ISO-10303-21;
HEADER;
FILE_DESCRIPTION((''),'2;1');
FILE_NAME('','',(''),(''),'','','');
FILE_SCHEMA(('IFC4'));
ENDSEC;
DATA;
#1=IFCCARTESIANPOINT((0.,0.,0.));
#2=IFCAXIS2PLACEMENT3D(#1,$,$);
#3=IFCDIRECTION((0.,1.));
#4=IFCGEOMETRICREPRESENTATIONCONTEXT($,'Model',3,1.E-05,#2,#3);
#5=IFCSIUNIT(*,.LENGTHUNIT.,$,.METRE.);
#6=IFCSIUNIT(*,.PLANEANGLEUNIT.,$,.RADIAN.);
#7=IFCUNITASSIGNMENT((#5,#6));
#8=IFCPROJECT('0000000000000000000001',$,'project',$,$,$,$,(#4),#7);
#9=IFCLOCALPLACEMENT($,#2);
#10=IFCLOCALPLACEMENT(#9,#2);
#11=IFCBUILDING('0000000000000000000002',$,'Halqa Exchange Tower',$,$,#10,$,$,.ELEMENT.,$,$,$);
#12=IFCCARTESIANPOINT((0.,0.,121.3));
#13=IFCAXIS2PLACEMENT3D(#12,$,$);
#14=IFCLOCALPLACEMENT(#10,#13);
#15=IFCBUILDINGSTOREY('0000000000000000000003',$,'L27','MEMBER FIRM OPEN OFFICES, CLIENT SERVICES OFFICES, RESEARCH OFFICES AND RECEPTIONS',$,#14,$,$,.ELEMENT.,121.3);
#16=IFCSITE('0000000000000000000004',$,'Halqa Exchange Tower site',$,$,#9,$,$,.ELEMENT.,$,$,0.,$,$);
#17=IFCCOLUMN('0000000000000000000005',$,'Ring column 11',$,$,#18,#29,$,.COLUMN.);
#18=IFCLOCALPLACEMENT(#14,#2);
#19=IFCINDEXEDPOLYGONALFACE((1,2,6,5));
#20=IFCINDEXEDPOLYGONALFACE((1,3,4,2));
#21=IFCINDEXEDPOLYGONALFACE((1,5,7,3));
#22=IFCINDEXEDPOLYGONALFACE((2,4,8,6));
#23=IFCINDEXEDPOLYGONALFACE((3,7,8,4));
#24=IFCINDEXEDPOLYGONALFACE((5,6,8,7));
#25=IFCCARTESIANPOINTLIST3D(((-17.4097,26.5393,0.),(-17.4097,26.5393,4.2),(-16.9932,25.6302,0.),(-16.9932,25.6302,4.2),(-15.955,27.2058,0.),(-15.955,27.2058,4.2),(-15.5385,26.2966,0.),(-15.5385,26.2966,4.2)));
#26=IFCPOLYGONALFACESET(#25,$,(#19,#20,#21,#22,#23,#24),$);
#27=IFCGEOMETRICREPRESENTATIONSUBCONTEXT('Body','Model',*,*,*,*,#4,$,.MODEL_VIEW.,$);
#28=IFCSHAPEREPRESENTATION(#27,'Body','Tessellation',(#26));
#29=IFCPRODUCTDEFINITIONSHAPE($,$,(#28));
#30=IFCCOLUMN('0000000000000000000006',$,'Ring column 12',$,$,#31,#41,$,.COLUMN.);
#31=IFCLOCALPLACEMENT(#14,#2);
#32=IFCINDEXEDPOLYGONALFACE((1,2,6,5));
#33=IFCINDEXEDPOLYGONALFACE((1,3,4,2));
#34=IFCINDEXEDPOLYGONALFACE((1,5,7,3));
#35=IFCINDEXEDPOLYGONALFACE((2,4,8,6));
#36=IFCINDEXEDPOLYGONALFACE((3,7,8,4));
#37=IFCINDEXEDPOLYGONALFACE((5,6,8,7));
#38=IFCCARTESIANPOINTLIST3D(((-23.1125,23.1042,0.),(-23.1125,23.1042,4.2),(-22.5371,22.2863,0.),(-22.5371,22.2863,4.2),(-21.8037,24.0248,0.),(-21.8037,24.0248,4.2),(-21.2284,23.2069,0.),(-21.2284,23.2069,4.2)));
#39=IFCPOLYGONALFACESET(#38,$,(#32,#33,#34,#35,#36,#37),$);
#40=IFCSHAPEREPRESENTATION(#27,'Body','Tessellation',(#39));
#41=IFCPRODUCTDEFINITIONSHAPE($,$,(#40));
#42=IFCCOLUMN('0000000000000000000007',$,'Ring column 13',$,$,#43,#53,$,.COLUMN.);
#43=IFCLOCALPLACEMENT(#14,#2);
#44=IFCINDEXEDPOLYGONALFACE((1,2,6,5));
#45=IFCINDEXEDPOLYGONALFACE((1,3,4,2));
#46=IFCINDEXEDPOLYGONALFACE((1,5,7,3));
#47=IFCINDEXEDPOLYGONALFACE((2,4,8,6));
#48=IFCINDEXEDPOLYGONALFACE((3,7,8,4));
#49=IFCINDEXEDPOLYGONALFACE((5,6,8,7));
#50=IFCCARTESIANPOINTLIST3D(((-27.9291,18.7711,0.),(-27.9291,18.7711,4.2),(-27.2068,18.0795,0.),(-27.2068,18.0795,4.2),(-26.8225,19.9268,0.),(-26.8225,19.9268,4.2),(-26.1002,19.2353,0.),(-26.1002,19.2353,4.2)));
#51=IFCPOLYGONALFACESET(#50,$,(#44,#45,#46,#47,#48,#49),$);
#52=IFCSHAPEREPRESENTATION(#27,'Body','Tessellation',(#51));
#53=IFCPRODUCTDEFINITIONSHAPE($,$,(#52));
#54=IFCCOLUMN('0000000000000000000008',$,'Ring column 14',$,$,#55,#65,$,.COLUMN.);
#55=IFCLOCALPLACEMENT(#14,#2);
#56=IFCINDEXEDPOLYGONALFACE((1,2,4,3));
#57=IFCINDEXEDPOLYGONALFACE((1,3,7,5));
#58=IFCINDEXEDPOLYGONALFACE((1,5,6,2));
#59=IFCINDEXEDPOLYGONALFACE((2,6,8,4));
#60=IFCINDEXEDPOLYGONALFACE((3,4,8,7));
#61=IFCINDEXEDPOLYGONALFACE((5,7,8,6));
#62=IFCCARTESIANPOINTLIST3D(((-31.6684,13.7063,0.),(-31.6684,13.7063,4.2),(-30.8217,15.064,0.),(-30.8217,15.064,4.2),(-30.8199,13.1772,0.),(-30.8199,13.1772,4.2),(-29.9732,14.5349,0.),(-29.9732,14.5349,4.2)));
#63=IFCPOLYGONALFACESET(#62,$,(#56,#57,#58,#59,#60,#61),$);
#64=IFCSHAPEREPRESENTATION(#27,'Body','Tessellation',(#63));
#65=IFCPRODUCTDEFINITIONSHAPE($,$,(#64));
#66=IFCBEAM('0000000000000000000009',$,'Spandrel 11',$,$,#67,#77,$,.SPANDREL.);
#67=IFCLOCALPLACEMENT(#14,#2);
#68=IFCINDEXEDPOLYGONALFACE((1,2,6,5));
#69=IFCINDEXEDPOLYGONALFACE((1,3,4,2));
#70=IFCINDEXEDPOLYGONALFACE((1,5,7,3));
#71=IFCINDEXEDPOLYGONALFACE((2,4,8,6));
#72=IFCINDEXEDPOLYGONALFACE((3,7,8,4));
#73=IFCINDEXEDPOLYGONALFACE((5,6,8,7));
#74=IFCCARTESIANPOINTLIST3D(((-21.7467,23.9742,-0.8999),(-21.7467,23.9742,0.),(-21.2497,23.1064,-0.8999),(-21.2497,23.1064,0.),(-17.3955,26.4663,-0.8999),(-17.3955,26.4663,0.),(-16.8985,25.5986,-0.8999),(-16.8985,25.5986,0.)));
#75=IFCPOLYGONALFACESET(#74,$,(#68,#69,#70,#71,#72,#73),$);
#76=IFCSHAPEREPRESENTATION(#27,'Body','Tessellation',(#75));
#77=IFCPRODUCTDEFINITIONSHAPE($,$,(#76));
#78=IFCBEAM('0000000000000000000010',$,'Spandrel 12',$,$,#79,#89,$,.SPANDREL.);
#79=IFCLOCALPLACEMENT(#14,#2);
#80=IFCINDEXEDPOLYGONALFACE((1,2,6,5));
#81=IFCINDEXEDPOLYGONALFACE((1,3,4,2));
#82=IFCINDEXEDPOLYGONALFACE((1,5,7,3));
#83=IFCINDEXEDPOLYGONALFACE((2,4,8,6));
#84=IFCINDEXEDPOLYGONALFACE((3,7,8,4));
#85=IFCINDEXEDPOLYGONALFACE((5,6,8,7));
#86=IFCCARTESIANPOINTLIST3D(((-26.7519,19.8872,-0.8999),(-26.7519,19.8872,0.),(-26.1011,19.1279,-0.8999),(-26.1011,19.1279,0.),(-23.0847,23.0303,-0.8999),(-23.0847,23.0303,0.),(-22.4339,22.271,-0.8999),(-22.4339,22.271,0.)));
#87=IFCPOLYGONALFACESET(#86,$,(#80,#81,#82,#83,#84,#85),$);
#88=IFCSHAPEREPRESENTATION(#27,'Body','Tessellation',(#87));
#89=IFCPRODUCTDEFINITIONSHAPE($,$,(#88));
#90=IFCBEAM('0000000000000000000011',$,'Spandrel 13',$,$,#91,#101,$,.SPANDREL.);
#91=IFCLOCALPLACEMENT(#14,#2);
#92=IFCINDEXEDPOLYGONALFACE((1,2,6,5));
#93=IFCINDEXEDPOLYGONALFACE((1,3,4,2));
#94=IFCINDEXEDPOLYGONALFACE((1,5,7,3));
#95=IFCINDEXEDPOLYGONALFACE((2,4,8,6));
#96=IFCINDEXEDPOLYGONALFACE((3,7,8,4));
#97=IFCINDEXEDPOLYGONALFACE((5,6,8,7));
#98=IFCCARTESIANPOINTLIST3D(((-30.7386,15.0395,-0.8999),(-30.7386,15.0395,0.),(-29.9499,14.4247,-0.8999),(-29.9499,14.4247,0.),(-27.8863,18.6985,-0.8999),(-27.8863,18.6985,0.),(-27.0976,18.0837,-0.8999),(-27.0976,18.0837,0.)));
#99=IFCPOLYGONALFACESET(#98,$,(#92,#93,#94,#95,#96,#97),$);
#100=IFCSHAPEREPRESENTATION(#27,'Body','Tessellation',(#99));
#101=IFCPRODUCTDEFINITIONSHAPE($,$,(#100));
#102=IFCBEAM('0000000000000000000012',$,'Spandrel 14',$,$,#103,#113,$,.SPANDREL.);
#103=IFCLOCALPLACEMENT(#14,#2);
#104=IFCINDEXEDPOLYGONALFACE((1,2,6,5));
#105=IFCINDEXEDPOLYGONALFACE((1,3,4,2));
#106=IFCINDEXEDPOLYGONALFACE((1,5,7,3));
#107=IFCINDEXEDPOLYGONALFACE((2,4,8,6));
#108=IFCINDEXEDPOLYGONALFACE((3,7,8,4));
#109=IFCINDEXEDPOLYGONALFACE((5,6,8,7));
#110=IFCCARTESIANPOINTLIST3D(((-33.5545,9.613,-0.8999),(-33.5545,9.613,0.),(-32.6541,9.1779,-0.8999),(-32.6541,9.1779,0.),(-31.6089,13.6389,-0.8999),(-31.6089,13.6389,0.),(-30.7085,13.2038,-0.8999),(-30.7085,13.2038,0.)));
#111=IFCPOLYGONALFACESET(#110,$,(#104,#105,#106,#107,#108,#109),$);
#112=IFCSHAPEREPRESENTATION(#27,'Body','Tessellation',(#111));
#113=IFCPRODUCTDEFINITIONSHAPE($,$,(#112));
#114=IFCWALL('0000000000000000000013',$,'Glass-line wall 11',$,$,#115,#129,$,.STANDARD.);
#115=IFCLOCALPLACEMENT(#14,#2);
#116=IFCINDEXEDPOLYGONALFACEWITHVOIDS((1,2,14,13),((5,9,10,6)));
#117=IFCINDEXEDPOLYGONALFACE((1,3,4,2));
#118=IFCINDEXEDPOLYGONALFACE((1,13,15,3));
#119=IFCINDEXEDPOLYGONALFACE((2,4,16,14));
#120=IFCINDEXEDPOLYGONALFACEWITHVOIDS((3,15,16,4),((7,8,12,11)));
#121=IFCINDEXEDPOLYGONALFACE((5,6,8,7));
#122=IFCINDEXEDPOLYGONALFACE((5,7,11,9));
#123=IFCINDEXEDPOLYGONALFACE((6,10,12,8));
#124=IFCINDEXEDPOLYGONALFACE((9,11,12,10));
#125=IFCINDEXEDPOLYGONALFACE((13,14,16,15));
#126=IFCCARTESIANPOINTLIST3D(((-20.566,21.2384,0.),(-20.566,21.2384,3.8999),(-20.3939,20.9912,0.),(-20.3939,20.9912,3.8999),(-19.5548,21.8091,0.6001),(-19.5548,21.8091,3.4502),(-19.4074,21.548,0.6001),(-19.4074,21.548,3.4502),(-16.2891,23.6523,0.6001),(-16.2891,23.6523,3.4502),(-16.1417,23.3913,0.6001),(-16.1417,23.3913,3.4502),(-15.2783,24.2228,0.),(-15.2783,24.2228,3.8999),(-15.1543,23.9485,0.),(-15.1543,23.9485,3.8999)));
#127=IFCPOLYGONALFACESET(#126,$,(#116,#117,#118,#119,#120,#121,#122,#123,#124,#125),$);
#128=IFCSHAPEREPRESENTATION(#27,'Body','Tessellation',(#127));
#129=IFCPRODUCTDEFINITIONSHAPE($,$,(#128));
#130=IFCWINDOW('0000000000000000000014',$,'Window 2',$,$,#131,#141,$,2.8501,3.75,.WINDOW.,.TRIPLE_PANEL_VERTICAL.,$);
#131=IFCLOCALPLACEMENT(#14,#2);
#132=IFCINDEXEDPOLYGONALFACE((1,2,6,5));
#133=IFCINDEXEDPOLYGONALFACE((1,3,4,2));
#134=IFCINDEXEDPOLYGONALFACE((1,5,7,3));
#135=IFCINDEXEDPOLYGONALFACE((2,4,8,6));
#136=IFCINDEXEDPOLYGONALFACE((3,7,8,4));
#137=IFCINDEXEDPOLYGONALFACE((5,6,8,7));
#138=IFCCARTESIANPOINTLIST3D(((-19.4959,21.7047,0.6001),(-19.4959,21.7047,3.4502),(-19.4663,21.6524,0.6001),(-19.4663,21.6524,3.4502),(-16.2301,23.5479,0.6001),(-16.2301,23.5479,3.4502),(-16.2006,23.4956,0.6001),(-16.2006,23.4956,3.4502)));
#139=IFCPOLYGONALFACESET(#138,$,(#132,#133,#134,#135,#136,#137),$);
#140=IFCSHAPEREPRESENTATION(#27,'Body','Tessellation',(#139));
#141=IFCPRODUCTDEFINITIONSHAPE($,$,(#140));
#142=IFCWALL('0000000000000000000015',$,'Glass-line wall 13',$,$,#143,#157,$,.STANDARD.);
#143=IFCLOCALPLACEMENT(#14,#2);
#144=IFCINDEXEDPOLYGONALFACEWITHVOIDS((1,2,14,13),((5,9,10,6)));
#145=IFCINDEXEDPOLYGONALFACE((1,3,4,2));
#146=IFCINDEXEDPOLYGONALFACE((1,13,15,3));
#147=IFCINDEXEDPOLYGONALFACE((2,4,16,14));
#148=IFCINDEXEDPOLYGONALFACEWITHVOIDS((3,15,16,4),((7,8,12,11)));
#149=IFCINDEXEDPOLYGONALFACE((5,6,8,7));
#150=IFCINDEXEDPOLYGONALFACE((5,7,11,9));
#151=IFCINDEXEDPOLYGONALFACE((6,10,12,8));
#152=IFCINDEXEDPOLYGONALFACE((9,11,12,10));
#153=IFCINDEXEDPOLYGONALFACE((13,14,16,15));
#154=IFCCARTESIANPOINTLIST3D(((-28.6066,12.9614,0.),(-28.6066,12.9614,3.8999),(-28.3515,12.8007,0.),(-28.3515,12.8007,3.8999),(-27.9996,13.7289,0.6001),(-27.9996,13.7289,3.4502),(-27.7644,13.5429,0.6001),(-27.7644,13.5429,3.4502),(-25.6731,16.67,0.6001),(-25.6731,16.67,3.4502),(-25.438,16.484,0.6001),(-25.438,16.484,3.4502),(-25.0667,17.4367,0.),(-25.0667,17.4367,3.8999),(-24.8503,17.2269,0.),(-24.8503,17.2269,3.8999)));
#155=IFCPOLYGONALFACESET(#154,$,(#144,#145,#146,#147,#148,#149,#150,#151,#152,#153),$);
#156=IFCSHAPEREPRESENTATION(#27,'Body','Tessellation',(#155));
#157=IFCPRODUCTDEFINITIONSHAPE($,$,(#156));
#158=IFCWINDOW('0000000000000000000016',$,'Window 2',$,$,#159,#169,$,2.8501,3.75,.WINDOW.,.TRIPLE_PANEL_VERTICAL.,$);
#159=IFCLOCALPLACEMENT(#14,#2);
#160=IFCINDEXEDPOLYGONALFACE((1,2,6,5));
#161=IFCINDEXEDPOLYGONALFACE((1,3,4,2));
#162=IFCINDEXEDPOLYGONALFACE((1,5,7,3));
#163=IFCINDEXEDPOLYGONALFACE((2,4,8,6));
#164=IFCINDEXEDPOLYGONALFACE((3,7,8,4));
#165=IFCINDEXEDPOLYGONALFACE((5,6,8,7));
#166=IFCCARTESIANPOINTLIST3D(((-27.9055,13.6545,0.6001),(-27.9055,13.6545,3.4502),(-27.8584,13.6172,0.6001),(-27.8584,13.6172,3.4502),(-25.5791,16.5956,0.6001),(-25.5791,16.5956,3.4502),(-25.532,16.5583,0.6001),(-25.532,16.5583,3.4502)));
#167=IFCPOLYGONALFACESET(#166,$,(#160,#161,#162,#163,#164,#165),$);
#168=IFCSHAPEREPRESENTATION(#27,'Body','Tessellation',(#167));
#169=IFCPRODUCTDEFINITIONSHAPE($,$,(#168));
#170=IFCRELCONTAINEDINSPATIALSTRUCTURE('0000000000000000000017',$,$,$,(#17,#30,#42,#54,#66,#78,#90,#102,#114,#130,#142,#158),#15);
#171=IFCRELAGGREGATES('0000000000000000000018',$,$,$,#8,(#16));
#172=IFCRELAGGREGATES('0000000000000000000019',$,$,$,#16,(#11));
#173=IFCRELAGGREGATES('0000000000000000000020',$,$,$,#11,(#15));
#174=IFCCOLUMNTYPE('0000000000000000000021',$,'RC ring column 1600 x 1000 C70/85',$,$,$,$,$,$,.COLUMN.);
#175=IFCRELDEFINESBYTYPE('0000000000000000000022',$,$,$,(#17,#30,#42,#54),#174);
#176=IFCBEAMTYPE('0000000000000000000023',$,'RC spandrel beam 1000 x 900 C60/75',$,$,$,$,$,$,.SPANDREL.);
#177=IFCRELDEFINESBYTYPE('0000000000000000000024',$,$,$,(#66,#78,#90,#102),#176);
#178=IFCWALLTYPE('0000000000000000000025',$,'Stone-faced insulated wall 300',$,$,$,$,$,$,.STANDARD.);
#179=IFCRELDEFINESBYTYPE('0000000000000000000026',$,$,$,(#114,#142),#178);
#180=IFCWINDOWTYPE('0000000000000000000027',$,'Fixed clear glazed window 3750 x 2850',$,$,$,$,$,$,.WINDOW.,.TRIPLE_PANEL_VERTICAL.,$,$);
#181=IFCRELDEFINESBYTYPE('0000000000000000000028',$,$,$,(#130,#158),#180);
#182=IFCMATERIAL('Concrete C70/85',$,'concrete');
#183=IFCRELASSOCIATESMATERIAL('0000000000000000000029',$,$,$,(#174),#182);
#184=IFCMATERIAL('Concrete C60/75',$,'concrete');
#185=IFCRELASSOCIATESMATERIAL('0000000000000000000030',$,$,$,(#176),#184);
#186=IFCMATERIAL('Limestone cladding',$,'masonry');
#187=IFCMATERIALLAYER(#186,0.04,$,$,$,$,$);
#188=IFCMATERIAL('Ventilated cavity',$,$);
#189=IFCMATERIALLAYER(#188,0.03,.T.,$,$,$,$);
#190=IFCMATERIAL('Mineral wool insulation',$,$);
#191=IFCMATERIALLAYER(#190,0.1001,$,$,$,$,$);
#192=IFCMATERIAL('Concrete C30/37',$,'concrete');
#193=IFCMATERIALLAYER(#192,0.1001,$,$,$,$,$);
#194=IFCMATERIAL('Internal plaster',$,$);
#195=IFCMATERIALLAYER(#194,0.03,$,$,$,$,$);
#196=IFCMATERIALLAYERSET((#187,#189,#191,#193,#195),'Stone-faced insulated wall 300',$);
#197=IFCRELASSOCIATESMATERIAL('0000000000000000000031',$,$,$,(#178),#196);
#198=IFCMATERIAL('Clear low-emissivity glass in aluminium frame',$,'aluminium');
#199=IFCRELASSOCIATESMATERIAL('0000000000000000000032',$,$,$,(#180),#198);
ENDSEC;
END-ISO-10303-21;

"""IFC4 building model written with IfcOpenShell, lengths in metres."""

from ifc_helpers import new_model, si_unit, direction, frame, frame_2d, origin, origin_2d, place, context, subcontext, project, spatial, polyline, rectangle, outline, extrude, material, layer, layer_set, material_profile, profile_set, type_object, element, fill, save


model = new_model("IFC4")

# Units and contexts
model_context = context("Model", 3, precision=1e-05, world=origin(), true_north=direction((0.0, 1.0)))
body_context = subcontext(model_context, "Body", "Model", "MODEL_VIEW")
ifc_project = project(units=[si_unit("LENGTHUNIT", "METRE"), si_unit("PLANEANGLEUNIT", "RADIAN")], contexts=[model_context])

# Site, building, storey
site_placement = place(None, origin())
site = spatial("IfcSite", under=ifc_project, at=site_placement, Name="Halqa Exchange Tower site", CompositionType="ELEMENT", RefElevation=0.0)
building_placement = place(site_placement, origin())
building = spatial("IfcBuilding", under=site, at=building_placement, Name="Halqa Exchange Tower", CompositionType="ELEMENT")
storey_placement = place(building_placement, frame((0.0, 0.0, 121.3)))
storey = spatial("IfcBuildingStorey", under=building, at=storey_placement, Name="L27", Description="MEMBER FIRM OPEN OFFICES, CLIENT SERVICES OFFICES, RESEARCH OFFICES AND RECEPTIONS", CompositionType="ELEMENT", Elevation=121.3)

# Columns
ifc_material_1 = material(Name="Concrete C70/85", Category="concrete")
ifc_material_profile_1 = material_profile(ifc_material_1, rectangle(XDim=1.6001, YDim=1.0, at=origin_2d()), Name="1600 x 1000")
ifc_profile_set_1 = profile_set([ifc_material_profile_1], Name="Concrete C70/85")
column_type = type_object("IfcColumnType", Name="RC ring column 1600 x 1000 C70/85", PredefinedType="COLUMN", material=ifc_profile_set_1)
for number, where, z_axis, x_axis, name in (
    (1, (-16.4741, 26.418, 0.0), (0.0, 0.0, 1.0), (-0.909127, -0.416519, 0.0), "Ring column 11"),
    (2, (-22.1704, 23.1555, 0.0), (0.0, 0.0, 1.0), (-0.817907, -0.575351, 0.0), "Ring column 12"),
    (3, (-27.0146, 19.0032, 0.0), (0.0, 0.0, 1.0), (-0.691574, -0.722306, 0.0), "Ring column 13"),
    (4, (-30.8208, 14.1206, 0.0), (0.0, 0.0, 1.0), (-0.529142, -0.848533, 0.0), "Ring column 14"),
):
    element("IfcColumn", number, at=place(storey_placement, frame(where, z_axis=z_axis, x_axis=x_axis)), inside=storey, type_object=column_type, Name=name, PredefinedType="COLUMN", context=body_context, shape_type="SweptSolid", body=[
        extrude(rectangle(XDim=1.6001, YDim=1.0, at=origin_2d()), origin(), (0.0, 0.0, 1.0), 4.2),
    ])

# Beams
ifc_material_2 = material(Name="Concrete C60/75", Category="concrete")
ifc_material_profile_2 = material_profile(ifc_material_2, rectangle(XDim=1.0, YDim=0.8999, at=origin_2d()), Name="1000 x 900")
ifc_profile_set_2 = profile_set([ifc_material_profile_2], Name="Concrete C60/75")
beam_type = type_object("IfcBeamType", Name="RC spandrel beam 1000 x 900 C60/75", PredefinedType="SPANDREL", material=ifc_profile_set_2)
beam_1_placement = place(storey_placement, frame((-17.147, 26.0325, -0.45), z_axis=(-0.867751, -0.496999, 0.0), x_axis=(0.496999, -0.867751, 0.0)))
element("IfcBeam", 5, at=beam_1_placement, inside=storey, type_object=beam_type, Name="Spandrel 11", PredefinedType="SPANDREL", context=body_context, shape_type="SweptSolid", body=[
    extrude(rectangle(XDim=1.0, YDim=0.8999, at=origin_2d()), origin(), (0.0, 0.0, 1.0), 5.0144),
])
beam_2_placement = place(storey_placement, frame((-22.7593, 22.6506, -0.45), z_axis=(-0.759285, -0.650758, 0.0), x_axis=(0.650758, -0.759285, 0.0)))
element("IfcBeam", 6, at=beam_2_placement, inside=storey, type_object=beam_type, Name="Spandrel 12", PredefinedType="SPANDREL", context=body_context, shape_type="SweptSolid", body=[
    extrude(rectangle(XDim=1.0, YDim=0.8999, at=origin_2d()), origin(), (0.0, 0.0, 1.0), 4.8298),
])
beam_3_placement = place(storey_placement, frame((-27.4919, 18.3911, -0.45), z_axis=(-0.614807, -0.788677, 0.0), x_axis=(0.788677, -0.614807, 0.0)))
element("IfcBeam", 7, at=beam_3_placement, inside=storey, type_object=beam_type, Name="Spandrel 13", PredefinedType="SPANDREL", context=body_context, shape_type="SweptSolid", body=[
    extrude(rectangle(XDim=1.0, YDim=0.8999, at=origin_2d()), origin(), (0.0, 0.0, 1.0), 4.6394),
])
beam_4_placement = place(storey_placement, frame((-31.1587, 13.4214, -0.45), z_axis=(-0.435117, -0.900374, 0.0), x_axis=(0.900374, -0.435117, 0.0)))
element("IfcBeam", 8, at=beam_4_placement, inside=storey, type_object=beam_type, Name="Spandrel 14", PredefinedType="SPANDREL", context=body_context, shape_type="SweptSolid", body=[
    extrude(rectangle(XDim=1.0, YDim=0.8999, at=origin_2d()), origin(), (0.0, 0.0, 1.0), 4.4714),
])

# Wall, opening, window
ifc_material_3 = material(Name="Limestone cladding", Category="masonry")
ifc_layer_1 = layer(ifc_material_3, 0.04)
ifc_material_4 = material(Name="Ventilated cavity")
ifc_layer_2 = layer(ifc_material_4, 0.03, ventilated=True)
ifc_material_5 = material(Name="Mineral wool insulation")
ifc_layer_3 = layer(ifc_material_5, 0.1001)
ifc_material_6 = material(Name="Concrete C30/37", Category="concrete")
ifc_layer_4 = layer(ifc_material_6, 0.1001)
ifc_material_7 = material(Name="Internal plaster")
ifc_layer_5 = layer(ifc_material_7, 0.03)
ifc_layer_set_1 = layer_set([ifc_layer_1, ifc_layer_2, ifc_layer_3, ifc_layer_4, ifc_layer_5], Name="Stone-faced insulated wall 300")
wall_type_1 = type_object("IfcWallType", Name="Stone-faced insulated wall 300", PredefinedType="STANDARD", material=ifc_layer_set_1)
wall_1_placement = place(storey_placement, frame((-15.2163, 24.0857, 0.0), z_axis=(0.0, 0.0, 1.0), x_axis=(-0.870858, -0.491534, 0.0)))
wall_1 = element("IfcWall", 9, at=wall_1_placement, inside=storey, type_object=wall_type_1, Name="Glass-line wall 11", PredefinedType="STANDARD", context=body_context, shape_type="SweptSolid", body=[
    extrude(outline(polyline([(-0.0134, -0.1499), (6.0583, -0.1499), (6.03, 0.1499), (0.0134, 0.1499), (-0.0134, -0.1499)])), origin(), (0.0, 0.0, 1.0), 3.8999),
])
opening_1_placement = place(wall_1_placement, frame((1.1472, 0.0, 0.6001)))
opening_1 = element("IfcOpeningElement", 10, at=opening_1_placement, cuts=wall_1, PredefinedType="OPENING", context=body_context, shape_type="SweptSolid", body=[
    extrude(rectangle(XDim=3.75, YDim=2.8501, at=frame_2d((1.875, 1.425))), frame((0.0, 0.1621, 0.0), z_axis=(0.0, -1.0, 0.0), x_axis=(1.0, 0.0, 0.0)), (0.0, 0.0, 1.0), 0.324),
])
ifc_material_8 = material(Name="Clear low-emissivity glass in aluminium frame", Category="aluminium")
window_type = type_object("IfcWindowType", Name="Fixed clear glazed window 3750 x 2850", PartitioningType="TRIPLE_PANEL_VERTICAL", PredefinedType="WINDOW", material=ifc_material_8)
window_1_placement = place(opening_1_placement, origin())
window_1 = element("IfcWindow", 11, at=window_1_placement, inside=storey, type_object=window_type, Name="Window 2", OverallHeight=2.8501, OverallWidth=3.75, PartitioningType="TRIPLE_PANEL_VERTICAL", PredefinedType="WINDOW", context=body_context, shape_type="SweptSolid", body=[
    extrude(rectangle(XDim=3.75, YDim=2.8501, at=frame_2d((1.875, 1.425))), frame((0.0, 0.03, 0.0), z_axis=(0.0, -1.0, 0.0), x_axis=(1.0, 0.0, 0.0)), (0.0, 0.0, 1.0), 0.0601),
])
fill(opening_1, window_1)

# Wall, opening, window
wall_2_placement = place(storey_placement, frame((-24.9585, 17.3318, 0.0), z_axis=(0.0, 0.0, 1.0), x_axis=(-0.620383, -0.784299, 0.0)))
wall_2 = element("IfcWall", 12, at=wall_2_placement, inside=storey, type_object=wall_type_1, Name="Glass-line wall 13", PredefinedType="STANDARD", context=body_context, shape_type="SweptSolid", body=[
    extrude(outline(polyline([(-0.0151, -0.1499), (5.6909, -0.1499), (5.6587, 0.1499), (0.0151, 0.1499), (-0.0151, -0.1499)])), origin(), (0.0, 0.0, 1.0), 3.8999),
])
opening_2_placement = place(wall_2_placement, frame((0.9624, 0.0, 0.6001)))
opening_2 = element("IfcOpeningElement", 13, at=opening_2_placement, cuts=wall_2, PredefinedType="OPENING", context=body_context, shape_type="SweptSolid", body=[
    extrude(rectangle(XDim=3.75, YDim=2.8501, at=frame_2d((1.875, 1.425))), frame((0.0, 0.1621, 0.0), z_axis=(0.0, -1.0, 0.0), x_axis=(1.0, 0.0, 0.0)), (0.0, 0.0, 1.0), 0.324),
])
window_2_placement = place(opening_2_placement, origin())
window_2 = element("IfcWindow", 14, at=window_2_placement, inside=storey, type_object=window_type, Name="Window 2", OverallHeight=2.8501, OverallWidth=3.75, PartitioningType="TRIPLE_PANEL_VERTICAL", PredefinedType="WINDOW", context=body_context, shape_type="SweptSolid", body=[
    extrude(rectangle(XDim=3.75, YDim=2.8501, at=frame_2d((1.875, 1.425))), frame((0.0, 0.03, 0.0), z_axis=(0.0, -1.0, 0.0), x_axis=(1.0, 0.0, 0.0)), (0.0, 0.0, 1.0), 0.0601),
])
fill(opening_2, window_2)

save(model, "model.ifc")
